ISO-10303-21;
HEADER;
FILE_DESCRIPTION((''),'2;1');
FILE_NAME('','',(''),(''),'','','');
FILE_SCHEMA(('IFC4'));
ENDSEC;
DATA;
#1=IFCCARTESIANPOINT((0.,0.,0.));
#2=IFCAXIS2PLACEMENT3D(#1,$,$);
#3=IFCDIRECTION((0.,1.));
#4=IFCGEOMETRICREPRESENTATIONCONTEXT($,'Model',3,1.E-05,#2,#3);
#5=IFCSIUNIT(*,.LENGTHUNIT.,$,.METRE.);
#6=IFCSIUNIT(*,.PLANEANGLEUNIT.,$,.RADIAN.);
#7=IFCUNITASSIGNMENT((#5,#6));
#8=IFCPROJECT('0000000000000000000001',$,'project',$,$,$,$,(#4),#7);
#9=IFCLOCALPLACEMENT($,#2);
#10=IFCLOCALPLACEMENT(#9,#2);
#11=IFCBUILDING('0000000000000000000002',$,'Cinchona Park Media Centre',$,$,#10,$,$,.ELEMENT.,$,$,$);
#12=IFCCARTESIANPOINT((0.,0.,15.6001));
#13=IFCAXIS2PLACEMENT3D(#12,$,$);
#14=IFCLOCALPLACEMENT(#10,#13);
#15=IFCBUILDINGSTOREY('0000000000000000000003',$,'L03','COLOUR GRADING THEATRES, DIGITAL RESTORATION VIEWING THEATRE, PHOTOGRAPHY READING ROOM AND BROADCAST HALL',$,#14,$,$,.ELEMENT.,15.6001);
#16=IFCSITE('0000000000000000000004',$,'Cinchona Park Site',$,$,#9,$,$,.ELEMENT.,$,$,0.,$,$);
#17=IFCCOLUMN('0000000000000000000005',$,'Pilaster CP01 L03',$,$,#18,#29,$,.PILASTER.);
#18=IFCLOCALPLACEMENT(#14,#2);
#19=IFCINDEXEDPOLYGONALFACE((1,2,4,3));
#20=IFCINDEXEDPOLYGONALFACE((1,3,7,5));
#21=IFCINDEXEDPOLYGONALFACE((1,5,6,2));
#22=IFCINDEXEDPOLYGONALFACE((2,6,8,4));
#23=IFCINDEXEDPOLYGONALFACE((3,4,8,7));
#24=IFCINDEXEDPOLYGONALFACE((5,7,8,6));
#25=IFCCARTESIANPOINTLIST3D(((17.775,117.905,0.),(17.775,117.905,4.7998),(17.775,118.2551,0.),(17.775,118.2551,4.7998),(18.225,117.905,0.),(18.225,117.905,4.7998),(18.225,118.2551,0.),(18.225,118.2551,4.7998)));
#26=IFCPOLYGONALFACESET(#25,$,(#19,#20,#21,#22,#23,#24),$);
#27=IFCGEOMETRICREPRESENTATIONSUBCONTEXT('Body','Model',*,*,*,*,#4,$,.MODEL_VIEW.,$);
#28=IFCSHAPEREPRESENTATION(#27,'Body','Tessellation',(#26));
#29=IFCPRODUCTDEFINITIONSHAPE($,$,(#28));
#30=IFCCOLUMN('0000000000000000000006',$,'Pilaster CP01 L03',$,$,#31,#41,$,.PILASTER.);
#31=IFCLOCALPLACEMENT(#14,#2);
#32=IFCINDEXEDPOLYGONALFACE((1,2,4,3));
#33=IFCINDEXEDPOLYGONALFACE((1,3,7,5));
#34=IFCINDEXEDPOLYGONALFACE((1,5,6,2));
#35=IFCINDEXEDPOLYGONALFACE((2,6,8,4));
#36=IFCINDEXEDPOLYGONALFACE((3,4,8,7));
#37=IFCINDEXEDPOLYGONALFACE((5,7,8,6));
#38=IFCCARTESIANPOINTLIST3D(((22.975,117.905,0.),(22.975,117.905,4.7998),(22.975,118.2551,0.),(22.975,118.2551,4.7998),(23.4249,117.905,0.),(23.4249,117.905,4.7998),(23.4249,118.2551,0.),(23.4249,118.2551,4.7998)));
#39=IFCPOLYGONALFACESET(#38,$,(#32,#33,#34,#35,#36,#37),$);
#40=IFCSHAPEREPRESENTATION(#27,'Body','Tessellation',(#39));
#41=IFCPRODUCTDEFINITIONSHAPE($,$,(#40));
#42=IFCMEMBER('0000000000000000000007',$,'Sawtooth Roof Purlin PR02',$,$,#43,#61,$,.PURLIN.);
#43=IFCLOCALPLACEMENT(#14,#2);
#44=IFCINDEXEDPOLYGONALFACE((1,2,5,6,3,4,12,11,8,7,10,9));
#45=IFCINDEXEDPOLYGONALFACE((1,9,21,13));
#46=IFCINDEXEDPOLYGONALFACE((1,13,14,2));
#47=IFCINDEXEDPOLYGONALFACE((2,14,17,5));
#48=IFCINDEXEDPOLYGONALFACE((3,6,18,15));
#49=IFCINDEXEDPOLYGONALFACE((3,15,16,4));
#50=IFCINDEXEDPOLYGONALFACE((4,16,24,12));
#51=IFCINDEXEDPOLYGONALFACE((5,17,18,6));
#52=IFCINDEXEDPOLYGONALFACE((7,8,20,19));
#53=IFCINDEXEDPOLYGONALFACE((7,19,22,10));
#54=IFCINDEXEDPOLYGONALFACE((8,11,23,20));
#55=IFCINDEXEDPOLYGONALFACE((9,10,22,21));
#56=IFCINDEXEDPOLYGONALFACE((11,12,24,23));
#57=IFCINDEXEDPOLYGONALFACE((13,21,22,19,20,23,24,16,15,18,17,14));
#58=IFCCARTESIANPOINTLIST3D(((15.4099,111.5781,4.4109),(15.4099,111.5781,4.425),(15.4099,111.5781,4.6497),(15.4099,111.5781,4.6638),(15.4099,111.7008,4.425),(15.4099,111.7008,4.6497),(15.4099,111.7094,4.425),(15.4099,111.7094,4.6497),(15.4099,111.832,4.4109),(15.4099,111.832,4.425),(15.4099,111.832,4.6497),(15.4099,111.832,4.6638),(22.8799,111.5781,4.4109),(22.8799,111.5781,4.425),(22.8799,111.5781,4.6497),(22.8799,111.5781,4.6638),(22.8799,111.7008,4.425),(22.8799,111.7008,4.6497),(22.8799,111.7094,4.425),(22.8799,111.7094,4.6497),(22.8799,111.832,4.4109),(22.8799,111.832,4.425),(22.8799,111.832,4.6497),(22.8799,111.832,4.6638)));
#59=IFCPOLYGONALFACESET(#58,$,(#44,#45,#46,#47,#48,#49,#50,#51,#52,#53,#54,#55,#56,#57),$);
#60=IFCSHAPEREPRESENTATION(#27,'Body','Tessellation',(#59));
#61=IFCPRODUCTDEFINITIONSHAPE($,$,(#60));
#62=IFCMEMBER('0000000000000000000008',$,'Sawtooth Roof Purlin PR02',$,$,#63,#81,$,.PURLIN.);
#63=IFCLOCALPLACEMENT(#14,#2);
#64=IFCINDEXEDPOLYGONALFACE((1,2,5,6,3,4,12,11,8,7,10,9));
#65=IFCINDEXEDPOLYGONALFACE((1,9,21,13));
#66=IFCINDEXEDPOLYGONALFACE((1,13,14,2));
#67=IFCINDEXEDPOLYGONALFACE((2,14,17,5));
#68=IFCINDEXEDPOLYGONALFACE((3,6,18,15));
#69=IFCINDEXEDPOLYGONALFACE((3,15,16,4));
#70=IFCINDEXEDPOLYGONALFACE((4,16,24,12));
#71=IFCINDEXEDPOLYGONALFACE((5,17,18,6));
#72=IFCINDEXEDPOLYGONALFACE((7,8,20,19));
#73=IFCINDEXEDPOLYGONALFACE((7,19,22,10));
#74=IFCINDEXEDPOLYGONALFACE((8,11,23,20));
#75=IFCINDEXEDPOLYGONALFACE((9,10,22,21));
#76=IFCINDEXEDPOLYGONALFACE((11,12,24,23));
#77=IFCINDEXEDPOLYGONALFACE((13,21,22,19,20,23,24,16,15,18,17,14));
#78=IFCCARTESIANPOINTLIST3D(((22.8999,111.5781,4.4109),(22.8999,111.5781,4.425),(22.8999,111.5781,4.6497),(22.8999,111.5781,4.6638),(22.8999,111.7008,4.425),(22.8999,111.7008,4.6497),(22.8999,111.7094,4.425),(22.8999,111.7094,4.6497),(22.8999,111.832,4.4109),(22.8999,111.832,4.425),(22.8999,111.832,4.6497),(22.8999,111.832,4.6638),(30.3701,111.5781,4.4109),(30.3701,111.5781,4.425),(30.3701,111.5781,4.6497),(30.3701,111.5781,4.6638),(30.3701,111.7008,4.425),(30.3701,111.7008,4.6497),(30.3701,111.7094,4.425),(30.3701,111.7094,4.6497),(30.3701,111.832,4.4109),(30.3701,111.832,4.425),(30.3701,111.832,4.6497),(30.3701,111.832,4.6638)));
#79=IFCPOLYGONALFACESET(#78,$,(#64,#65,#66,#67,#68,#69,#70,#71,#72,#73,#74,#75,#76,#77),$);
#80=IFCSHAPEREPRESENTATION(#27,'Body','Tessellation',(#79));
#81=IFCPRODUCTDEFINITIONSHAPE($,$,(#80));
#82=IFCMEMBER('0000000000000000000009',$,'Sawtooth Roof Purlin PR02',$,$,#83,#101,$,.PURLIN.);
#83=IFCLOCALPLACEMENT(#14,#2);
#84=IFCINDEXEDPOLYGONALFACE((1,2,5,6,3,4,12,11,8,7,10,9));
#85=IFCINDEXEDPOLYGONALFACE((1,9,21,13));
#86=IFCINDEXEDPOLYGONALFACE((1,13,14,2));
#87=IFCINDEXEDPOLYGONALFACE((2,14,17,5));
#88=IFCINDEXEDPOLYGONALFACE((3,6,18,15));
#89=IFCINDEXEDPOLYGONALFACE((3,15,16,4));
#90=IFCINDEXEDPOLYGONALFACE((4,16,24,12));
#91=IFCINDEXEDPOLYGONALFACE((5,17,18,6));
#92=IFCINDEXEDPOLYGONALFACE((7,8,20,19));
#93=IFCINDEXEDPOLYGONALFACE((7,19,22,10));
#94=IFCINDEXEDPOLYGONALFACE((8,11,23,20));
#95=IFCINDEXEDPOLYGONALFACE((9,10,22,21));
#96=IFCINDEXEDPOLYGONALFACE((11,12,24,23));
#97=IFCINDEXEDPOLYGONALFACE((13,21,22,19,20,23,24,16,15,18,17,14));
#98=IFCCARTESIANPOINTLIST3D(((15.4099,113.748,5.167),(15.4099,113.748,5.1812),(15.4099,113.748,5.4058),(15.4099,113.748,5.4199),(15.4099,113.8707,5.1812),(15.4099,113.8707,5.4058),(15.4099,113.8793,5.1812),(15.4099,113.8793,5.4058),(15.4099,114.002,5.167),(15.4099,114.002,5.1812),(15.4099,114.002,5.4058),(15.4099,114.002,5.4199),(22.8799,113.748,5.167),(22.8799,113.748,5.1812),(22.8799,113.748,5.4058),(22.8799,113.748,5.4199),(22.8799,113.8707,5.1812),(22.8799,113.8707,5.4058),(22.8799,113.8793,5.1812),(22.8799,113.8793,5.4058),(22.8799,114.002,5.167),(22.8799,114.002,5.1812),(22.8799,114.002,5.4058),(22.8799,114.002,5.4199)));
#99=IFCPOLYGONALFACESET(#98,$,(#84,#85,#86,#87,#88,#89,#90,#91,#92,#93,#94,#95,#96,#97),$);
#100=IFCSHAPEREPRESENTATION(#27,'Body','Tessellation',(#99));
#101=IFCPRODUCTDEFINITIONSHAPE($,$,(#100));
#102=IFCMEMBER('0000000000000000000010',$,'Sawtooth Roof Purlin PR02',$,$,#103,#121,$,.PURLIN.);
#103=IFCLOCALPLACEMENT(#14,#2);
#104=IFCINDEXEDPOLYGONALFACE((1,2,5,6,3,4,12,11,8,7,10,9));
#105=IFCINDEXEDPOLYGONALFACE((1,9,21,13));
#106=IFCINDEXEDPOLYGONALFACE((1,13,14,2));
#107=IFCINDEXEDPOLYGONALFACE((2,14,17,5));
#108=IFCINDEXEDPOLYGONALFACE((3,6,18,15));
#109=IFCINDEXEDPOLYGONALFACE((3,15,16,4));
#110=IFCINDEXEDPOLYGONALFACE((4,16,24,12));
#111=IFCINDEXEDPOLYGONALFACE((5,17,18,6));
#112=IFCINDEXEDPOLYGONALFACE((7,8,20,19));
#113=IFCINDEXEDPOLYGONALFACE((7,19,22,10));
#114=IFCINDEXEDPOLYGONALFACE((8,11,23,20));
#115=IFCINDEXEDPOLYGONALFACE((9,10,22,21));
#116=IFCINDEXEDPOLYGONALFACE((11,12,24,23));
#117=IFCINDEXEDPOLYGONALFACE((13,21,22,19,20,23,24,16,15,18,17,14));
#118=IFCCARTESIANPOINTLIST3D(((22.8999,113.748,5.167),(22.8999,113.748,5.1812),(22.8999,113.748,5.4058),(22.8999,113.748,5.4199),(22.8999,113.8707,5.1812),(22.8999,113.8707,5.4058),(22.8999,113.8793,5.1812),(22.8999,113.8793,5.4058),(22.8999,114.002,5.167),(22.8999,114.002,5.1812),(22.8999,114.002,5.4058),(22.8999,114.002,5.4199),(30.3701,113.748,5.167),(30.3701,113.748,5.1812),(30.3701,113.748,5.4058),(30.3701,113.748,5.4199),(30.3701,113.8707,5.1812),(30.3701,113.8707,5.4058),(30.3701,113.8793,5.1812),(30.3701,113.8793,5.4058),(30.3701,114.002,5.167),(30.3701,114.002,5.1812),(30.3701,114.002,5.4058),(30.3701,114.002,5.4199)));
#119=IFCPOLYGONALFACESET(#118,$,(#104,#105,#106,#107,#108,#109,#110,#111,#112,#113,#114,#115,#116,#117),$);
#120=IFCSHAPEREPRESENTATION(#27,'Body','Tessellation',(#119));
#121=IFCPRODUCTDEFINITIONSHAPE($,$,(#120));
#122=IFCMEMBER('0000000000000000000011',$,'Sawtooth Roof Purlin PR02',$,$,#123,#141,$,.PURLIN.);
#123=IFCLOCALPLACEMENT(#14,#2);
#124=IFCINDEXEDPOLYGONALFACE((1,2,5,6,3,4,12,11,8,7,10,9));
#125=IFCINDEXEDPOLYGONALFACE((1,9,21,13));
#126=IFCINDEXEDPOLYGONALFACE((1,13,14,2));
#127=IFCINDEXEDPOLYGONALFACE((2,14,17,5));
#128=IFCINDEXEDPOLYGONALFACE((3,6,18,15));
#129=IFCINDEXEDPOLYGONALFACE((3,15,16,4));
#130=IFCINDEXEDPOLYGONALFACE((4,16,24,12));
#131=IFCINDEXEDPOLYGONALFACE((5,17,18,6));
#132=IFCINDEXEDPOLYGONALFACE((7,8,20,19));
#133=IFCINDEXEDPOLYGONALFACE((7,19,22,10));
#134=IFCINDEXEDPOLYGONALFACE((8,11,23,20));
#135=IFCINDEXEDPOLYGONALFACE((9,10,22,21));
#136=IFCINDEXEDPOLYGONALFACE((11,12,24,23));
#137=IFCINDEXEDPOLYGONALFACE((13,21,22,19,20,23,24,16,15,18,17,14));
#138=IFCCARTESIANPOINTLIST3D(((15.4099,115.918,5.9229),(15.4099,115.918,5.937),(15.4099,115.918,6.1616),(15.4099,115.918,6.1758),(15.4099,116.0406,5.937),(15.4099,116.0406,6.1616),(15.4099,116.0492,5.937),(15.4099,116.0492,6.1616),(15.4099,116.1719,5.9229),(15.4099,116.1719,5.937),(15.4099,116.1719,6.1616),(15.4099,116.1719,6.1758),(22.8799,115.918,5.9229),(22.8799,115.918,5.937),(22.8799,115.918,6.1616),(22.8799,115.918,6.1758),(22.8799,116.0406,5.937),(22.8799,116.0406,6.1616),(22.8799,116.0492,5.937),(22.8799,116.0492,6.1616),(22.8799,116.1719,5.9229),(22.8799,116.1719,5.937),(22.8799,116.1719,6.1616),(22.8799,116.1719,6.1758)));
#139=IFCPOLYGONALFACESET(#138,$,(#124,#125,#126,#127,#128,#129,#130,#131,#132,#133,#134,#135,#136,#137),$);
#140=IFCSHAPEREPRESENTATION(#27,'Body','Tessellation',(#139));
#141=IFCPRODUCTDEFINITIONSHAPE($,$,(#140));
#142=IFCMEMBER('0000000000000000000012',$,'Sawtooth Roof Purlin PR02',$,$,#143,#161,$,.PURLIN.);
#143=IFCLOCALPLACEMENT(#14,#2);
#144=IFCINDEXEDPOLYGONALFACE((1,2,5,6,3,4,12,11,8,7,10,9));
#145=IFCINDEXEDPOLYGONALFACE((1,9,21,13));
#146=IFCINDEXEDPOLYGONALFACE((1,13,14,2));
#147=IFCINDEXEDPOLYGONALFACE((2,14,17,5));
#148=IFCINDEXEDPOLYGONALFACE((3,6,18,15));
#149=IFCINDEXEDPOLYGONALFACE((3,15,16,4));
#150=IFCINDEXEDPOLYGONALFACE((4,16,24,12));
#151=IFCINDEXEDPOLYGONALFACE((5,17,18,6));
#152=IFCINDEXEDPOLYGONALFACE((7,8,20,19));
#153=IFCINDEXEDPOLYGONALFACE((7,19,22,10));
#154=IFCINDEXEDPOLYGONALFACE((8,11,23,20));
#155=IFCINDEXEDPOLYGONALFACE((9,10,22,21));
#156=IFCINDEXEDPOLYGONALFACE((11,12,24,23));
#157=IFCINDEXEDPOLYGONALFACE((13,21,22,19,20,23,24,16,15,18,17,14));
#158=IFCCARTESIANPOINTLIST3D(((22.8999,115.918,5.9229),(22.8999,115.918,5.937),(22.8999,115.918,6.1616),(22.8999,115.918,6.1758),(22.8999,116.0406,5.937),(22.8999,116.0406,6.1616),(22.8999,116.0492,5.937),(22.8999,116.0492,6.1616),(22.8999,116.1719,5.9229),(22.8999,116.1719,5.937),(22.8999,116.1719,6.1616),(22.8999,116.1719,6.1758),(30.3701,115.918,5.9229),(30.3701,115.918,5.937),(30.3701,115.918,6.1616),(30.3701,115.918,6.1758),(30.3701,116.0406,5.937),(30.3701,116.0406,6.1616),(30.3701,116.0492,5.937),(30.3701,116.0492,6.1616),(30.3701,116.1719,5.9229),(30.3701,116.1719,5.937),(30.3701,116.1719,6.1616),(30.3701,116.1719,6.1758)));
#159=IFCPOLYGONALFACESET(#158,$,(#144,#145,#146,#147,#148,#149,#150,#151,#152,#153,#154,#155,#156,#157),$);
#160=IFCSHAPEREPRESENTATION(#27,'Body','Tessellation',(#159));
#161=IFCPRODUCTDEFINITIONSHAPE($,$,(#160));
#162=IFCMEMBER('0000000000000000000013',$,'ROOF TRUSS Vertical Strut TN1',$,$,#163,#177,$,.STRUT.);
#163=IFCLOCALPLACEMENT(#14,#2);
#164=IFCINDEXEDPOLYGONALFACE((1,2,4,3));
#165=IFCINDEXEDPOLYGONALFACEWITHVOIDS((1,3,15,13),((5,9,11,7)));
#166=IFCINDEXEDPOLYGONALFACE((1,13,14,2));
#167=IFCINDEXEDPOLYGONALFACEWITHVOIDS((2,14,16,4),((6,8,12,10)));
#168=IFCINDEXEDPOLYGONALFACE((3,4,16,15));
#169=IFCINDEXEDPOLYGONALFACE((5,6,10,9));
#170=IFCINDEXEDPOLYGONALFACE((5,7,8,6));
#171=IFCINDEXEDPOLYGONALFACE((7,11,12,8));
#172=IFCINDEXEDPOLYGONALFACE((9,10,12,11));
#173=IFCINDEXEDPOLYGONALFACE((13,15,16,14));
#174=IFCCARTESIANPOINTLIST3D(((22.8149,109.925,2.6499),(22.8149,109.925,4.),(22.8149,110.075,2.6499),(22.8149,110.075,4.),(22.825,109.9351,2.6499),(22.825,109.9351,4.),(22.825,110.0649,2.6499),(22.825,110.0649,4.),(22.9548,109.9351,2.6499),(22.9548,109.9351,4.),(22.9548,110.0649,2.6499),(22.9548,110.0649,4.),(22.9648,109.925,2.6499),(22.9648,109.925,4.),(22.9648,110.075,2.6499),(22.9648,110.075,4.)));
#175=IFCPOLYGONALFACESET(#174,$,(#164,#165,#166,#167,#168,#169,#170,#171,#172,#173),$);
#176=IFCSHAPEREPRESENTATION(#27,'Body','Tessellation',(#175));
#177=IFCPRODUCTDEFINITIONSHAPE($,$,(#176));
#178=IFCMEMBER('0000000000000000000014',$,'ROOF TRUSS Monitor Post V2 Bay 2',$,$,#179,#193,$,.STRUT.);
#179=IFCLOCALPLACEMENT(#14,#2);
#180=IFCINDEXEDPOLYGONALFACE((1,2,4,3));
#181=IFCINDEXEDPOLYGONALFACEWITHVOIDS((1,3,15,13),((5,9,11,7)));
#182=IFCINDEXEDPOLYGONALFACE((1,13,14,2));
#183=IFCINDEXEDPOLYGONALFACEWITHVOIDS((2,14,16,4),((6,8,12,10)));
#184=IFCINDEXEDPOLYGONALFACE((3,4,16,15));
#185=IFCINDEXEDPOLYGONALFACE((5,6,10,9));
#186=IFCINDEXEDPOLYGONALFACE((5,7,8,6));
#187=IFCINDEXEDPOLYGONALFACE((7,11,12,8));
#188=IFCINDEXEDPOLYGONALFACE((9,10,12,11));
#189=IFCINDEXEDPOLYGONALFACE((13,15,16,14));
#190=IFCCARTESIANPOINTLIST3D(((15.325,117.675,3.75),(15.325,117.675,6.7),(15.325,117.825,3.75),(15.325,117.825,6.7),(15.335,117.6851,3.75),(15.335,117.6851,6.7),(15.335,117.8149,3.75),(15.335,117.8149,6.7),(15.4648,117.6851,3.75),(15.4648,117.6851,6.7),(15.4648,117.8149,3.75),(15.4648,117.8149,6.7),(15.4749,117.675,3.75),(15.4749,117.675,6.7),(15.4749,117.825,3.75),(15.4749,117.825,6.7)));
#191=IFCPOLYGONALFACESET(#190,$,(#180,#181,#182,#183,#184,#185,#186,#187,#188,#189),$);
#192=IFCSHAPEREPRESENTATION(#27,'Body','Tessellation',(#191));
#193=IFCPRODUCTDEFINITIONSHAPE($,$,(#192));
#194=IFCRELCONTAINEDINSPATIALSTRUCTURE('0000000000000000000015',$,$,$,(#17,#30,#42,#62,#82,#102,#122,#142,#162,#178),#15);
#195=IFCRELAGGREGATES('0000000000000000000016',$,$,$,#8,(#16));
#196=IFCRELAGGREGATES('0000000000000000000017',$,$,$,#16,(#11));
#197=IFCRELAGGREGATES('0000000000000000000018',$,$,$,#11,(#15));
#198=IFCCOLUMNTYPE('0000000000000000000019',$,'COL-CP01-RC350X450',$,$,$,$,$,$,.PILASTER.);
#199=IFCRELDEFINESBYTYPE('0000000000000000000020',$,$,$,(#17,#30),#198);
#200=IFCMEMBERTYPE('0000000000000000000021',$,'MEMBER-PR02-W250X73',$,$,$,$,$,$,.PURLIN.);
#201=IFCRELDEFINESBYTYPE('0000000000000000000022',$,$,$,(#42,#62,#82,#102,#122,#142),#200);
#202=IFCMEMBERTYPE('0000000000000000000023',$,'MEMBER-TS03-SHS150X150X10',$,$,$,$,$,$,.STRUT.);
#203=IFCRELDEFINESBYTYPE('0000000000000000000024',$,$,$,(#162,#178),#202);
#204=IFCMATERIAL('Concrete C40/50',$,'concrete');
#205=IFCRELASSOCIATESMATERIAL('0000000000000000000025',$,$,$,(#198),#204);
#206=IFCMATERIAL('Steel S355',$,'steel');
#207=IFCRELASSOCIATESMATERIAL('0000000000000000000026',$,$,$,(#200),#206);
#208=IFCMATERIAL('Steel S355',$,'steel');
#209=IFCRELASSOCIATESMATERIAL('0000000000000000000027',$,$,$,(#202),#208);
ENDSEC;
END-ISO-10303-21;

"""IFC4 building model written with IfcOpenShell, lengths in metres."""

from ifc_helpers import new_model, si_unit, direction, frame, origin, origin_2d, place, context, subcontext, project, spatial, rectangle, hollow_rectangle, i_section, extrude, material, material_profile, profile_set, type_object, element, save


model = new_model("IFC4")

# Units and contexts
model_context = context("Model", 3, precision=1e-05, world=origin(), true_north=direction((0.0, 1.0)))
body_context = subcontext(model_context, "Body", "Model", "MODEL_VIEW")
ifc_project = project(units=[si_unit("LENGTHUNIT", "METRE"), si_unit("PLANEANGLEUNIT", "RADIAN")], contexts=[model_context])

# Site, building, storey
site_placement = place(None, origin())
site = spatial("IfcSite", under=ifc_project, at=site_placement, Name="Cinchona Park Site", CompositionType="ELEMENT", RefElevation=0.0)
building_placement = place(site_placement, origin())
building = spatial("IfcBuilding", under=site, at=building_placement, Name="Cinchona Park Media Centre", CompositionType="ELEMENT")
storey_placement = place(building_placement, frame((0.0, 0.0, 15.6001)))
storey = spatial("IfcBuildingStorey", under=building, at=storey_placement, Name="L03", Description="COLOUR GRADING THEATRES, DIGITAL RESTORATION VIEWING THEATRE, PHOTOGRAPHY READING ROOM AND BROADCAST HALL", CompositionType="ELEMENT", Elevation=15.6001)

# Columns
ifc_material_1 = material(Name="Concrete C40/50", Category="concrete")
ifc_material_profile_1 = material_profile(ifc_material_1, rectangle(XDim=0.3501, YDim=0.45, at=origin_2d()), Name="RC 350X450")
ifc_profile_set_1 = profile_set([ifc_material_profile_1], Name="Concrete C40/50")
column_type = type_object("IfcColumnType", Name="COL-CP01-RC350X450", PredefinedType="PILASTER", material=ifc_profile_set_1)
for number, where, z_axis, x_axis, name in (
    (1, (18.0, 118.0801, 0.0), (0.0, 0.0, 1.0), (0.0, 1.0, 0.0), "Pilaster CP01 L03"),
    (2, (23.2, 118.0801, 0.0), (0.0, 0.0, 1.0), (0.0, 1.0, 0.0), "Pilaster CP01 L03"),
):
    element("IfcColumn", number, at=place(storey_placement, frame(where, z_axis=z_axis, x_axis=x_axis)), inside=storey, type_object=column_type, Name=name, PredefinedType="PILASTER", context=body_context, shape_type="SweptSolid", body=[
        extrude(rectangle(XDim=0.3501, YDim=0.45, at=origin_2d()), origin(), (0.0, 0.0, 1.0), 4.7998),
    ])

# Members
ifc_material_2 = material(Name="Steel S355", Category="steel")
ifc_material_profile_2 = material_profile(ifc_material_2, i_section(OverallWidth=0.2539, OverallDepth=0.2529, WebThickness=0.0085, FlangeThickness=0.0142, at=origin_2d()), Name="W250X73")
ifc_profile_set_2 = profile_set([ifc_material_profile_2], Name="Steel S355")
member_type_1 = type_object("IfcMemberType", Name="MEMBER-PR02-W250X73", PredefinedType="PURLIN", material=ifc_profile_set_2)
member_1_placement = place(storey_placement, frame((15.4099, 111.7051, 4.5374), z_axis=(1.0, 0.0, 0.0), x_axis=(0.0, 1.0, 0.0)))
element("IfcMember", 3, at=member_1_placement, inside=storey, type_object=member_type_1, Name="Sawtooth Roof Purlin PR02", PredefinedType="PURLIN", context=body_context, shape_type="SweptSolid", body=[
    extrude(i_section(OverallWidth=0.2539, OverallDepth=0.2529, WebThickness=0.0085, FlangeThickness=0.0142, at=origin_2d()), origin(), (0.0, 0.0, 1.0), 7.47),
])
member_2_placement = place(storey_placement, frame((22.8999, 111.7051, 4.5374), z_axis=(1.0, 0.0, 0.0), x_axis=(0.0, 1.0, 0.0)))
element("IfcMember", 4, at=member_2_placement, inside=storey, type_object=member_type_1, Name="Sawtooth Roof Purlin PR02", PredefinedType="PURLIN", context=body_context, shape_type="SweptSolid", body=[
    extrude(i_section(OverallWidth=0.2539, OverallDepth=0.2529, WebThickness=0.0085, FlangeThickness=0.0142, at=origin_2d()), origin(), (0.0, 0.0, 1.0), 7.4702),
])
member_3_placement = place(storey_placement, frame((15.4099, 113.875, 5.2935), z_axis=(1.0, 0.0, 0.0), x_axis=(0.0, 1.0, 0.0)))
element("IfcMember", 5, at=member_3_placement, inside=storey, type_object=member_type_1, Name="Sawtooth Roof Purlin PR02", PredefinedType="PURLIN", context=body_context, shape_type="SweptSolid", body=[
    extrude(i_section(OverallWidth=0.2539, OverallDepth=0.2529, WebThickness=0.0085, FlangeThickness=0.0142, at=origin_2d()), origin(), (0.0, 0.0, 1.0), 7.47),
])
member_4_placement = place(storey_placement, frame((22.8999, 113.875, 5.2935), z_axis=(1.0, 0.0, 0.0), x_axis=(0.0, 1.0, 0.0)))
element("IfcMember", 6, at=member_4_placement, inside=storey, type_object=member_type_1, Name="Sawtooth Roof Purlin PR02", PredefinedType="PURLIN", context=body_context, shape_type="SweptSolid", body=[
    extrude(i_section(OverallWidth=0.2539, OverallDepth=0.2529, WebThickness=0.0085, FlangeThickness=0.0142, at=origin_2d()), origin(), (0.0, 0.0, 1.0), 7.4702),
])
member_5_placement = place(storey_placement, frame((15.4099, 116.0449, 6.0493), z_axis=(1.0, 0.0, 0.0), x_axis=(0.0, 1.0, 0.0)))
element("IfcMember", 7, at=member_5_placement, inside=storey, type_object=member_type_1, Name="Sawtooth Roof Purlin PR02", PredefinedType="PURLIN", context=body_context, shape_type="SweptSolid", body=[
    extrude(i_section(OverallWidth=0.2539, OverallDepth=0.2529, WebThickness=0.0085, FlangeThickness=0.0142, at=origin_2d()), origin(), (0.0, 0.0, 1.0), 7.47),
])
member_6_placement = place(storey_placement, frame((22.8999, 116.0449, 6.0493), z_axis=(1.0, 0.0, 0.0), x_axis=(0.0, 1.0, 0.0)))
element("IfcMember", 8, at=member_6_placement, inside=storey, type_object=member_type_1, Name="Sawtooth Roof Purlin PR02", PredefinedType="PURLIN", context=body_context, shape_type="SweptSolid", body=[
    extrude(i_section(OverallWidth=0.2539, OverallDepth=0.2529, WebThickness=0.0085, FlangeThickness=0.0142, at=origin_2d()), origin(), (0.0, 0.0, 1.0), 7.4702),
])
ifc_material_3 = material(Name="Steel S355", Category="steel")
ifc_material_profile_3 = material_profile(ifc_material_3, hollow_rectangle(XDim=0.1499, YDim=0.1499, WallThickness=0.01, at=origin_2d()), Name="150X150X10SHS")
ifc_profile_set_3 = profile_set([ifc_material_profile_3], Name="Steel S355")
member_type_2 = type_object("IfcMemberType", Name="MEMBER-TS03-SHS150X150X10", PredefinedType="STRUT", material=ifc_profile_set_3)
member_7_placement = place(storey_placement, frame((22.8899, 110.0, 2.6499), z_axis=(0.0, 0.0, 1.0), x_axis=(1.0, 0.0, 0.0)))
element("IfcMember", 9, at=member_7_placement, inside=storey, type_object=member_type_2, Name="ROOF TRUSS Vertical Strut TN1", PredefinedType="STRUT", context=body_context, shape_type="SweptSolid", body=[
    extrude(hollow_rectangle(XDim=0.1499, YDim=0.1499, WallThickness=0.01, at=origin_2d()), origin(), (0.0, 0.0, 1.0), 1.3501),
])
for number, where, z_axis, x_axis, name in (
    (10, (15.3999, 117.75, 3.75), (0.0, 0.0, 1.0), (1.0, 0.0, 0.0), "ROOF TRUSS Monitor Post V2 Bay 2"),
):
    element("IfcMember", number, at=place(storey_placement, frame(where, z_axis=z_axis, x_axis=x_axis)), inside=storey, type_object=member_type_2, Name=name, PredefinedType="STRUT", context=body_context, shape_type="SweptSolid", body=[
        extrude(hollow_rectangle(XDim=0.1499, YDim=0.1499, WallThickness=0.01, at=origin_2d()), origin(), (0.0, 0.0, 1.0), 2.95),
    ])

save(model, "model.ifc")
